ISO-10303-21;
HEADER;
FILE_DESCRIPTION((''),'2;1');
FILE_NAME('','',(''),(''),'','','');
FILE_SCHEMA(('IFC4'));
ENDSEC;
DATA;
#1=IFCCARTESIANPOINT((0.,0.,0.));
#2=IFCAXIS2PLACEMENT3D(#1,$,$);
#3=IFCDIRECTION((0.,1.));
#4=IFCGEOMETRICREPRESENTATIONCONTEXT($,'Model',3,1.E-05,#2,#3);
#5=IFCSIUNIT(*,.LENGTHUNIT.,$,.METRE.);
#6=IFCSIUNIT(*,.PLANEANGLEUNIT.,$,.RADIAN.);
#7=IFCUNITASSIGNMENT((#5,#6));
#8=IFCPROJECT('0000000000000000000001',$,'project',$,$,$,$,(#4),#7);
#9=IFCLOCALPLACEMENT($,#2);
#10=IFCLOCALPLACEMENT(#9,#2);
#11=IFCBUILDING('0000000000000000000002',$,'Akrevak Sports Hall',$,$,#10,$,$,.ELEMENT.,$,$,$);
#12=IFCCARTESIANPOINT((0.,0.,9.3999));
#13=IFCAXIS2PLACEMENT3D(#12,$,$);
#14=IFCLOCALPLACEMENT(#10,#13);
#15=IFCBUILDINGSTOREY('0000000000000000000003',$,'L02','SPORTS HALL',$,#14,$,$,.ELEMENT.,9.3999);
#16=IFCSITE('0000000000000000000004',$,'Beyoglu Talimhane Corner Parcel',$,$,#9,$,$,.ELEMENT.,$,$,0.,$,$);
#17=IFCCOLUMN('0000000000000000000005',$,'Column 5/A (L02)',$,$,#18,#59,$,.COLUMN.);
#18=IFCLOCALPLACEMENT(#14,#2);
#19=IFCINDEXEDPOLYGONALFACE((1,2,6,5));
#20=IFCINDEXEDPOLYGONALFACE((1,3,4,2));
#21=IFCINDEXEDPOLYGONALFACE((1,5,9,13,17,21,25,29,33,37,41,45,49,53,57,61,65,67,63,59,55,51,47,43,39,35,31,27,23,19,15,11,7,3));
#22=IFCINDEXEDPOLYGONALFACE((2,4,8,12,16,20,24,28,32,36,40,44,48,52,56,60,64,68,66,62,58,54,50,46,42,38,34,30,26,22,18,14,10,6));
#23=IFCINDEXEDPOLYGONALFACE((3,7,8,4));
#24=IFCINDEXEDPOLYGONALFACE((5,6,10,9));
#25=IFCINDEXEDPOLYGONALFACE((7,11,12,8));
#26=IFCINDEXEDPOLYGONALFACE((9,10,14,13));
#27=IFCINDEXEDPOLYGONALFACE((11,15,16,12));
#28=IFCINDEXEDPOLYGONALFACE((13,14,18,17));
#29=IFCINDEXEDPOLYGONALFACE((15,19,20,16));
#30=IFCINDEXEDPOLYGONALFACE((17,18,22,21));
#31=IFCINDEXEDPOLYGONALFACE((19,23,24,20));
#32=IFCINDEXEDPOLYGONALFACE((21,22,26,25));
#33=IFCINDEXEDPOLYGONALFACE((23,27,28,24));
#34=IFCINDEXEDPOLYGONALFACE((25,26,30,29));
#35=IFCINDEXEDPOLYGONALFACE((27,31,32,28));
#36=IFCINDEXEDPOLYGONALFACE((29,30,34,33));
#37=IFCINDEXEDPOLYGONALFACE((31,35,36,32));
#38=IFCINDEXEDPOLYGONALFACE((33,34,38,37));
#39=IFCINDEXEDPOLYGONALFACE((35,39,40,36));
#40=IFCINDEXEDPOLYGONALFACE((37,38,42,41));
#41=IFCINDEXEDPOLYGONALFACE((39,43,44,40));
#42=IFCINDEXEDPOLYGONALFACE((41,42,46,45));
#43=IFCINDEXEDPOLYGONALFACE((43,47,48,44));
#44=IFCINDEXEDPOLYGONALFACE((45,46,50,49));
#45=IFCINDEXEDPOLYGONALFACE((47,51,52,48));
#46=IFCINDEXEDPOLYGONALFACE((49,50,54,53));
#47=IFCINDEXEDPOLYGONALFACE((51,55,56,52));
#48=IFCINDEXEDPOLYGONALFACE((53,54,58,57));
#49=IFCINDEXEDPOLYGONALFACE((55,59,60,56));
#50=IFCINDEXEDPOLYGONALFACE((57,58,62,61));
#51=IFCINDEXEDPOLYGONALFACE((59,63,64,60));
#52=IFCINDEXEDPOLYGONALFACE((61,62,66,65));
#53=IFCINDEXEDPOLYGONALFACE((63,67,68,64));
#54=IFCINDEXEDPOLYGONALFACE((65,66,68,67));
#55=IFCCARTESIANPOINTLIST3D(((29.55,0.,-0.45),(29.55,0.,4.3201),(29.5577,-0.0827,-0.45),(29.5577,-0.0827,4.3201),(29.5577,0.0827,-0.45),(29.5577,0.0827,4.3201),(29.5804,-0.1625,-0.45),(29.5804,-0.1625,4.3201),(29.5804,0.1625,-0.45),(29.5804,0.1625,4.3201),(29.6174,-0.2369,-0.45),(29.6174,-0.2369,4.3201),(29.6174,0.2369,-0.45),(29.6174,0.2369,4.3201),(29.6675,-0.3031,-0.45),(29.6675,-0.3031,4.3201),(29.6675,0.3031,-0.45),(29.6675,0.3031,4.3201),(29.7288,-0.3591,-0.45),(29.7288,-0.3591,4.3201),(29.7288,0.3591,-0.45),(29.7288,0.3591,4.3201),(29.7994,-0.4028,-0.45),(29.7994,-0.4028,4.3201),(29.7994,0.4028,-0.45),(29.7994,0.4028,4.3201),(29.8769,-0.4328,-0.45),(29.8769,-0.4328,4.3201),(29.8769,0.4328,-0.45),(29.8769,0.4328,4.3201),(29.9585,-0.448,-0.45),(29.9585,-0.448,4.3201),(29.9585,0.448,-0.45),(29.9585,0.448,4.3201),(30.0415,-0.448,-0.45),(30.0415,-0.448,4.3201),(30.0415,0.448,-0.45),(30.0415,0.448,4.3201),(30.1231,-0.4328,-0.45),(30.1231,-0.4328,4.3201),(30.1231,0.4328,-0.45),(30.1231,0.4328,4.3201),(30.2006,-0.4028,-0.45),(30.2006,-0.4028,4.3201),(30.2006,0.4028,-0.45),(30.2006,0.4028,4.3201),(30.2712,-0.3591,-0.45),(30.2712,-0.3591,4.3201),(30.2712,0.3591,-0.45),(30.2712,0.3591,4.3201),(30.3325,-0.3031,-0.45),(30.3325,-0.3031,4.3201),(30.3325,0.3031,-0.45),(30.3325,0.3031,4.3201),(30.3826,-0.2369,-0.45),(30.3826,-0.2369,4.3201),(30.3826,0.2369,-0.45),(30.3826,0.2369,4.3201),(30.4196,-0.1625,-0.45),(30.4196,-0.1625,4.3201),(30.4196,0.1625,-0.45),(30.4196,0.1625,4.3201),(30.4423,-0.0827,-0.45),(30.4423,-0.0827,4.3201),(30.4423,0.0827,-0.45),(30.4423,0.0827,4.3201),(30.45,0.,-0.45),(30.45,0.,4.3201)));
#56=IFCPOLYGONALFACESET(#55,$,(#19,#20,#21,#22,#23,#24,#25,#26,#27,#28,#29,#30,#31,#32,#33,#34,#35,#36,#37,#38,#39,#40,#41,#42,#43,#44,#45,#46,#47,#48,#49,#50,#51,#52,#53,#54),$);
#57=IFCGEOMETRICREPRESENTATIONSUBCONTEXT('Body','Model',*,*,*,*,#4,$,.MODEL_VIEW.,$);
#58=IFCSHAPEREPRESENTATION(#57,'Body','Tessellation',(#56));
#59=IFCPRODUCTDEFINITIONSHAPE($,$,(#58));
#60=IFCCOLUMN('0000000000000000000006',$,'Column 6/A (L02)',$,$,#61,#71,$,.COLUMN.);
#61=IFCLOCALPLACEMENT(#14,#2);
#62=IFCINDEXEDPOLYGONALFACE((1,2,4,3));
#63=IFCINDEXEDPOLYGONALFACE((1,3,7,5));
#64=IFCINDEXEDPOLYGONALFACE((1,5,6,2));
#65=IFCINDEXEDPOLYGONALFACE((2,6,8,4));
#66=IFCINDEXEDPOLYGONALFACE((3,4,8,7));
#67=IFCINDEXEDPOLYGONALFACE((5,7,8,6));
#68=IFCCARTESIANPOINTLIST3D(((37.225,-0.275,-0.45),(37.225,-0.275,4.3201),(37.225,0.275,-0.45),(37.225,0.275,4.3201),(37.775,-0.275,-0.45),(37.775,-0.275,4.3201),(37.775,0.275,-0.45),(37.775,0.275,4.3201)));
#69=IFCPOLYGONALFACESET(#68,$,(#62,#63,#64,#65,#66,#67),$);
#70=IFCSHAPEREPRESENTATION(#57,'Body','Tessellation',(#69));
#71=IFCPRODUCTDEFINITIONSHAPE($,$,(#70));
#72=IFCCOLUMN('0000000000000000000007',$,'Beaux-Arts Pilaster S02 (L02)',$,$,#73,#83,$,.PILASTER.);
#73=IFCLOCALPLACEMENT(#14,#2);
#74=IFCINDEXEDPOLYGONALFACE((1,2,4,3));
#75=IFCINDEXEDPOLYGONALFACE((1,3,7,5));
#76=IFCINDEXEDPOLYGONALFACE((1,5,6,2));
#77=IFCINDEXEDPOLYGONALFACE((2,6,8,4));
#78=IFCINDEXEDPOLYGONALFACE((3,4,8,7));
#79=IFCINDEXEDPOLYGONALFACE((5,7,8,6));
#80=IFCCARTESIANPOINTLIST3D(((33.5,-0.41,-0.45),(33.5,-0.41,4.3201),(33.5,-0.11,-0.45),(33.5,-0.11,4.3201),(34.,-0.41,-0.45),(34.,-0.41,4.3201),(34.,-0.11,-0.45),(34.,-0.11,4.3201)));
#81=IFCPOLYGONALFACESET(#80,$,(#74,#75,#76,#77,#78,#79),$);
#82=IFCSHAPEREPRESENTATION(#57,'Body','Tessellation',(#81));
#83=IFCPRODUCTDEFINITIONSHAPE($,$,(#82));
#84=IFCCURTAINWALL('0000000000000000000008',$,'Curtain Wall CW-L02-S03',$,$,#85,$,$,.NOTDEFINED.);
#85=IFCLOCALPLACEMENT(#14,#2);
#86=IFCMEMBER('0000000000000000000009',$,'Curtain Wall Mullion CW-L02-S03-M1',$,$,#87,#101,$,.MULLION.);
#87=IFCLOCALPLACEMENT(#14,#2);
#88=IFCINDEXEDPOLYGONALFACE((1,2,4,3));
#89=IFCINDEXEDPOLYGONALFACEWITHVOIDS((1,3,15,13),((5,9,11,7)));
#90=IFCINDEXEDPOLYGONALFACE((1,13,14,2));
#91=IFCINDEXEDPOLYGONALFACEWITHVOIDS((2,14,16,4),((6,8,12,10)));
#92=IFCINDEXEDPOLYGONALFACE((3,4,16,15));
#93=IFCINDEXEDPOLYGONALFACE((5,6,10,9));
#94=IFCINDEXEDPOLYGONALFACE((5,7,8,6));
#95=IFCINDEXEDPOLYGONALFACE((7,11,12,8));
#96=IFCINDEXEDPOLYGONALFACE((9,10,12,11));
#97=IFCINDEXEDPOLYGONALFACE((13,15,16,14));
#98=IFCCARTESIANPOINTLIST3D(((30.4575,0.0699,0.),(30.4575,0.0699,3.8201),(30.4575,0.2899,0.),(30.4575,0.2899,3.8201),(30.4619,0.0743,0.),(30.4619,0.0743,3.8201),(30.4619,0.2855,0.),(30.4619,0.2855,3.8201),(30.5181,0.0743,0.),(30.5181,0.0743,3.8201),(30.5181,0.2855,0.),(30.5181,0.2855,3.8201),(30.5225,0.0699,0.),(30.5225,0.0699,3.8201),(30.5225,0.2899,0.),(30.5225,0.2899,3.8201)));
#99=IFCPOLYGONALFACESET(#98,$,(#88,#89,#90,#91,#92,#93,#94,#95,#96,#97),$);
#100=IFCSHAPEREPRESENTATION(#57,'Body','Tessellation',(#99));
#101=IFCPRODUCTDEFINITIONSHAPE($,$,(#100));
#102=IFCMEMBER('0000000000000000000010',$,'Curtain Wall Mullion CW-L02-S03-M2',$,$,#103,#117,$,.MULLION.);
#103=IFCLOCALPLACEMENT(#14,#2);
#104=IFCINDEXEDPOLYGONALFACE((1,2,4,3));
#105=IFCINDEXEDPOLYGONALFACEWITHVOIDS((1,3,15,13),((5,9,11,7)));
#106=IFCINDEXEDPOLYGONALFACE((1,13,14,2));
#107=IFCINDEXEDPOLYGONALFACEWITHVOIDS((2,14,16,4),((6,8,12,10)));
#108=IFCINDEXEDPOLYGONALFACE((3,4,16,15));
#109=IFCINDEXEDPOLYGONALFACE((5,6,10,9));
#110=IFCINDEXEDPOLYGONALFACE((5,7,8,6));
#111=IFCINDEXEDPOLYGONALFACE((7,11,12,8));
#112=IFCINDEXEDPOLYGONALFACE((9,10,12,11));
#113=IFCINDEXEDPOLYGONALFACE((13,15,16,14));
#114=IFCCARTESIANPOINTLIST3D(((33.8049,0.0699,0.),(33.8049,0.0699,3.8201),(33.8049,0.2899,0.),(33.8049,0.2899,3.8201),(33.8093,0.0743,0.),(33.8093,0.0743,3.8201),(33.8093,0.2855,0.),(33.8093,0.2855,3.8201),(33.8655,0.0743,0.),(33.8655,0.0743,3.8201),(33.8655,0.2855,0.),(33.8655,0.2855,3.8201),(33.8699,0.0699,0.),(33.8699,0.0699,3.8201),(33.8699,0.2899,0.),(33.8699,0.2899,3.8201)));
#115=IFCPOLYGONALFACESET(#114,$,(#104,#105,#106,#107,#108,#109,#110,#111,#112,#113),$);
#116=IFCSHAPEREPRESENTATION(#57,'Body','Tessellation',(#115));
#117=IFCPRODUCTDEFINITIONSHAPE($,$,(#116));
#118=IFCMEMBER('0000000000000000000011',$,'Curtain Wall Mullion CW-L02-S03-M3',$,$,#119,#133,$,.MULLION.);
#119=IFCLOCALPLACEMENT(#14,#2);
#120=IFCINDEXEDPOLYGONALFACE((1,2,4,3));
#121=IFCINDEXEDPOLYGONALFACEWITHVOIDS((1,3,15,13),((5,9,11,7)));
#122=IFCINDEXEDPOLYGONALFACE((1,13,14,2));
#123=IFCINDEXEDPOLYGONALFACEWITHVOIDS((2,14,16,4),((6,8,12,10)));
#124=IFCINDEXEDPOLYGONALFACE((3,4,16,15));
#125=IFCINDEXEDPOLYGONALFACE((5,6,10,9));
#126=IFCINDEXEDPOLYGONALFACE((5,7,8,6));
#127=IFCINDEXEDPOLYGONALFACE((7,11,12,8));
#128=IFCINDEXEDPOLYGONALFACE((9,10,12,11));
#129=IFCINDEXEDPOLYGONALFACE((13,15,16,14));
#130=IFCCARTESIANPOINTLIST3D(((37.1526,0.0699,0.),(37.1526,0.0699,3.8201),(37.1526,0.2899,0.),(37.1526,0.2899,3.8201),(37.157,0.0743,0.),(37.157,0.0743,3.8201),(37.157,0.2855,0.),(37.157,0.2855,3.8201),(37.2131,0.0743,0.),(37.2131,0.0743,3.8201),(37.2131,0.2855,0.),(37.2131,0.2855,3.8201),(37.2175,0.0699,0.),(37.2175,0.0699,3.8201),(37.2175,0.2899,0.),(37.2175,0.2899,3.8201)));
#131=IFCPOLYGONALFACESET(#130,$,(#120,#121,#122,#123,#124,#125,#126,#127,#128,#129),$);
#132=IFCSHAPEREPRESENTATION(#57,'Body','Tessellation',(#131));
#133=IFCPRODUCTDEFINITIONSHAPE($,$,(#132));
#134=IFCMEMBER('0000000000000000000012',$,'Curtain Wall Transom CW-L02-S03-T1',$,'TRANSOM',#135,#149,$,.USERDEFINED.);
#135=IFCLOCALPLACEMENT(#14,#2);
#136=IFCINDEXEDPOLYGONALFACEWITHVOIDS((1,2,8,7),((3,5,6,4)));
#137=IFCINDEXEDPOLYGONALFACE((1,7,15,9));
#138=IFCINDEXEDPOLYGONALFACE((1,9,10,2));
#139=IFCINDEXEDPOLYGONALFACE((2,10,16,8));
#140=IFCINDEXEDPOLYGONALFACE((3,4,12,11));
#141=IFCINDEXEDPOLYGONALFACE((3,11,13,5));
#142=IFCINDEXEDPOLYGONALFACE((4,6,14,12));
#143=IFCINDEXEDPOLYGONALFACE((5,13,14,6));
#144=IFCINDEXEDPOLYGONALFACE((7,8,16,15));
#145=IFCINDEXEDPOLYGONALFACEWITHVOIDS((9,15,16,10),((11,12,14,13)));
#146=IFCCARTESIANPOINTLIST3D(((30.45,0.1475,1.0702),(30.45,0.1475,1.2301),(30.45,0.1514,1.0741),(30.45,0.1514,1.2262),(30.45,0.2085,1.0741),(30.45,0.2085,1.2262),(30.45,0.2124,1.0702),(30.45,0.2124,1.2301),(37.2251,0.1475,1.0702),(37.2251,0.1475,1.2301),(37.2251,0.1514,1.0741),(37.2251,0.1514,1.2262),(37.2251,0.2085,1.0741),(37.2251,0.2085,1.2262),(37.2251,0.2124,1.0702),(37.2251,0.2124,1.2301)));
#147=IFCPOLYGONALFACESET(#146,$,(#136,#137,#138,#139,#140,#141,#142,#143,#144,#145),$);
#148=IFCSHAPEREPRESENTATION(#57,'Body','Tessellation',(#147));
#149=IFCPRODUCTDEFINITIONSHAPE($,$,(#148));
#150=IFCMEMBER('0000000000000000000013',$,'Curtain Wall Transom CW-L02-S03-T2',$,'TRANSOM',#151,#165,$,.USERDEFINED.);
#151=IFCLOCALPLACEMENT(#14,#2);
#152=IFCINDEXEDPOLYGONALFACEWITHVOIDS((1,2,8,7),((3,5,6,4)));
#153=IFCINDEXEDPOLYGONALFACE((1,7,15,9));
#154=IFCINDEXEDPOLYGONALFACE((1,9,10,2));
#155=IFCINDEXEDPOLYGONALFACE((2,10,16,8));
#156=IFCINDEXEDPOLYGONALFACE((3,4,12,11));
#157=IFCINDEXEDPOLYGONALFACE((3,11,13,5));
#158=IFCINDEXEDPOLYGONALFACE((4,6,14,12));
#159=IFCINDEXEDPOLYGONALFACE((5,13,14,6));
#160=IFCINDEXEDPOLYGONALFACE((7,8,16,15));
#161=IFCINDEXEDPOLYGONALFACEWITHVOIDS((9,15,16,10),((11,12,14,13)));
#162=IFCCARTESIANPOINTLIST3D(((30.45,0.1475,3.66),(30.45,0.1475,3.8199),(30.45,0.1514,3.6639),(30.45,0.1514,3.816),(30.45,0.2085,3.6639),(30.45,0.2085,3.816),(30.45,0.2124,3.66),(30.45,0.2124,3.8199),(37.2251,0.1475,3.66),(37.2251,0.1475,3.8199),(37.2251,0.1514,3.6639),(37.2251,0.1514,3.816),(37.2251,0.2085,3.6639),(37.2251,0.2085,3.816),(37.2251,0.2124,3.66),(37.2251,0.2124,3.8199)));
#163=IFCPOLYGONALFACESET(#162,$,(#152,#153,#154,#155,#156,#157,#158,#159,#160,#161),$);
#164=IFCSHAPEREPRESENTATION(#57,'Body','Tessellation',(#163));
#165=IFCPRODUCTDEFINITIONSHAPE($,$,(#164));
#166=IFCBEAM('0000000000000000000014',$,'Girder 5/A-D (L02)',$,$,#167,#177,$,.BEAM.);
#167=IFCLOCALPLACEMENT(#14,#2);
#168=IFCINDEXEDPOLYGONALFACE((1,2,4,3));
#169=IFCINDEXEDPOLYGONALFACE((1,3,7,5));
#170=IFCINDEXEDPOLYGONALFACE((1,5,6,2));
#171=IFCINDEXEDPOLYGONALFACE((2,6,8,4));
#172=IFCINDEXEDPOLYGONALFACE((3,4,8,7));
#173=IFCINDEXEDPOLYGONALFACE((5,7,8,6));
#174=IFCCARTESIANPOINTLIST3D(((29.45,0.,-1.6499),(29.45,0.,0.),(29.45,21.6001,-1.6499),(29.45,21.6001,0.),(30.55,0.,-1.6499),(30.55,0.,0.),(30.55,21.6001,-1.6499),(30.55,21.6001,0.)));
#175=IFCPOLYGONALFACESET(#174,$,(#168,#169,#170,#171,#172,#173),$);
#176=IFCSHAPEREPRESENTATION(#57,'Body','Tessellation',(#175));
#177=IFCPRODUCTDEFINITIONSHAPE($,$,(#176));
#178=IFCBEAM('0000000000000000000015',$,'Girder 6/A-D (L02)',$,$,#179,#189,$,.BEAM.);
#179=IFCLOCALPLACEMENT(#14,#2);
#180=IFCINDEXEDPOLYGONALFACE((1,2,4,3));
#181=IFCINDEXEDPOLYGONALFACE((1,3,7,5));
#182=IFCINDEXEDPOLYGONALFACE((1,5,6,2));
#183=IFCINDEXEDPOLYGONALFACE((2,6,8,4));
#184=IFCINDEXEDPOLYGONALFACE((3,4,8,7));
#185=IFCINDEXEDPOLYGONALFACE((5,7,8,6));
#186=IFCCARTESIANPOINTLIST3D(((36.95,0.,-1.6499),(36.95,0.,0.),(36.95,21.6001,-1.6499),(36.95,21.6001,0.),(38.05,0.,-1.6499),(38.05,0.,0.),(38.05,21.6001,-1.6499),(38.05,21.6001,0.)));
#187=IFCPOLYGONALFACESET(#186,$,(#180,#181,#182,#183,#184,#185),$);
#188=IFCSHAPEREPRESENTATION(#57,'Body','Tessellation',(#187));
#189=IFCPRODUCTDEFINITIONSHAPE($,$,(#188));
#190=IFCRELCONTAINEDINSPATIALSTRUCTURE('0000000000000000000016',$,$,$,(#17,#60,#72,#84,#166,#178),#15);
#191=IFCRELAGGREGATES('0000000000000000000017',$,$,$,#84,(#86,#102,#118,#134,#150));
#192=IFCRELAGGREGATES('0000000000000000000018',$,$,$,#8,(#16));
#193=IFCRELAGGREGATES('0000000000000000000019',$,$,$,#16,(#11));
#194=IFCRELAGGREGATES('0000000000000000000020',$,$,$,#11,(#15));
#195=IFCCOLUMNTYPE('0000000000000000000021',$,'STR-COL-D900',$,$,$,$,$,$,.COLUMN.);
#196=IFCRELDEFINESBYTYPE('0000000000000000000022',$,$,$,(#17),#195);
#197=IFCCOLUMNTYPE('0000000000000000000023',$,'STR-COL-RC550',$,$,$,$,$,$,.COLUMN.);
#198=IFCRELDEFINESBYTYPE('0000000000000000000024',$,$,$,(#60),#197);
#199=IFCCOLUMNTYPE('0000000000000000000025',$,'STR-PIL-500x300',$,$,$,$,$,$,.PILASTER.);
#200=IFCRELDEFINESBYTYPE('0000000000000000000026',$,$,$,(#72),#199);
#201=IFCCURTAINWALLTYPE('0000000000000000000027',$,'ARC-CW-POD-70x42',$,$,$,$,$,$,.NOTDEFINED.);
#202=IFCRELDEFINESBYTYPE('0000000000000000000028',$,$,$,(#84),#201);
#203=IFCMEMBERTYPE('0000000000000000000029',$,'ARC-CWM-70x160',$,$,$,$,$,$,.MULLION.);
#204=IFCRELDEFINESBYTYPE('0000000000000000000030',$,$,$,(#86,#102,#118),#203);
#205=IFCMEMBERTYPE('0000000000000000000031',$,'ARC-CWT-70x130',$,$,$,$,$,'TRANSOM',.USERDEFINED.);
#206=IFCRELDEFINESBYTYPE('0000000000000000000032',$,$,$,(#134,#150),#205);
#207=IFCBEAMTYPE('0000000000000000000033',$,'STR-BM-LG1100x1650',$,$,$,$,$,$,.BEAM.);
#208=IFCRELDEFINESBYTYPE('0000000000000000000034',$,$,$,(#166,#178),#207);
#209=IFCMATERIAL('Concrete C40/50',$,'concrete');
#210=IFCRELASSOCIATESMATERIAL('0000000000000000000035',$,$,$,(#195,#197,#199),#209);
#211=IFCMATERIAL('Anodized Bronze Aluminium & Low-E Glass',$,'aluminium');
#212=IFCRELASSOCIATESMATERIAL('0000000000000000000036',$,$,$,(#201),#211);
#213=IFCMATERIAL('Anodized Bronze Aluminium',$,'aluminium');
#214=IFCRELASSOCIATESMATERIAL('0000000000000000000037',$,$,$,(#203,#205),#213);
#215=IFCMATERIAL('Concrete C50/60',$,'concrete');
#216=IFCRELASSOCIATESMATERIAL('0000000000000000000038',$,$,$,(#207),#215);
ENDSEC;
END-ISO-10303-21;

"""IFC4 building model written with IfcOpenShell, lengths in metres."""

from ifc_helpers import new_model, si_unit, direction, frame, origin, origin_2d, place, context, subcontext, project, spatial, rectangle, hollow_rectangle, circle, extrude, material, material_profile, profile_set, type_object, element, aggregate, save


model = new_model("IFC4")

# Units and contexts
model_context = context("Model", 3, precision=1e-05, world=origin(), true_north=direction((0.0, 1.0)))
body_context = subcontext(model_context, "Body", "Model", "MODEL_VIEW")
ifc_project = project(units=[si_unit("LENGTHUNIT", "METRE"), si_unit("PLANEANGLEUNIT", "RADIAN")], contexts=[model_context])

# Site, building, storey
site_placement = place(None, origin())
site = spatial("IfcSite", under=ifc_project, at=site_placement, Name="Beyoglu Talimhane Corner Parcel", CompositionType="ELEMENT", RefElevation=0.0)
building_placement = place(site_placement, origin())
building = spatial("IfcBuilding", under=site, at=building_placement, Name="Akrevak Sports Hall", CompositionType="ELEMENT")
storey_placement = place(building_placement, frame((0.0, 0.0, 9.3999)))
storey = spatial("IfcBuildingStorey", under=building, at=storey_placement, Name="L02", Description="SPORTS HALL", CompositionType="ELEMENT", Elevation=9.3999)

# Columns
ifc_material_1 = material(Name="Concrete C40/50", Category="concrete")
ifc_material_profile_1 = material_profile(ifc_material_1, circle(Radius=0.45, at=origin_2d()), Name="COL D900", Category="concrete")
ifc_profile_set_1 = profile_set([ifc_material_profile_1], Name="Concrete C40/50")
column_type_1 = type_object("IfcColumnType", Name="STR-COL-D900", PredefinedType="COLUMN", material=ifc_profile_set_1)
column_1_placement = place(storey_placement, frame((30.0, 0.0, -0.45), z_axis=(0.0, 0.0, 1.0), x_axis=(1.0, 0.0, 0.0)))
element("IfcColumn", 1, at=column_1_placement, inside=storey, type_object=column_type_1, Name="Column 5/A (L02)", PredefinedType="COLUMN", context=body_context, shape_type="SweptSolid", body=[
    extrude(circle(Radius=0.45, at=origin_2d()), origin(), (0.0, 0.0, 1.0), 4.77),
])
ifc_material_profile_2 = material_profile(ifc_material_1, rectangle(XDim=0.55, YDim=0.55, at=origin_2d()), Name="RC 550x550", Category="concrete")
ifc_profile_set_2 = profile_set([ifc_material_profile_2], Name="Concrete C40/50")
column_type_2 = type_object("IfcColumnType", Name="STR-COL-RC550", PredefinedType="COLUMN", material=ifc_profile_set_2)
column_2_placement = place(storey_placement, frame((37.5, 0.0, -0.45), z_axis=(0.0, 0.0, 1.0), x_axis=(1.0, 0.0, 0.0)))
element("IfcColumn", 2, at=column_2_placement, inside=storey, type_object=column_type_2, Name="Column 6/A (L02)", PredefinedType="COLUMN", context=body_context, shape_type="SweptSolid", body=[
    extrude(rectangle(XDim=0.55, YDim=0.55, at=origin_2d()), origin(), (0.0, 0.0, 1.0), 4.77),
])
ifc_material_profile_3 = material_profile(ifc_material_1, rectangle(XDim=0.5, YDim=0.3, at=origin_2d()), Name="PIL 500x300", Category="concrete")
ifc_profile_set_3 = profile_set([ifc_material_profile_3], Name="Concrete C40/50")
column_type_3 = type_object("IfcColumnType", Name="STR-PIL-500x300", PredefinedType="PILASTER", material=ifc_profile_set_3)
column_3_placement = place(storey_placement, frame((33.75, -0.26, -0.45), z_axis=(0.0, 0.0, 1.0), x_axis=(1.0, 0.0, 0.0)))
element("IfcColumn", 3, at=column_3_placement, inside=storey, type_object=column_type_3, Name="Beaux-Arts Pilaster S02 (L02)", PredefinedType="PILASTER", context=body_context, shape_type="SweptSolid", body=[
    extrude(rectangle(XDim=0.5, YDim=0.3, at=origin_2d()), origin(), (0.0, 0.0, 1.0), 4.77),
])

# Curtain wall, members
ifc_material_2 = material(Name="Anodized Bronze Aluminium & Low-E Glass", Category="aluminium")
curtain_wall_type = type_object("IfcCurtainWallType", Name="ARC-CW-POD-70x42", PredefinedType="NOTDEFINED", material=ifc_material_2)
curtain_wall_placement = place(storey_placement, origin())
curtain_wall = element("IfcCurtainWall", 4, at=curtain_wall_placement, inside=storey, type_object=curtain_wall_type, Name="Curtain Wall CW-L02-S03", PredefinedType="NOTDEFINED")
ifc_material_3 = material(Name="Anodized Bronze Aluminium", Category="aluminium")
ifc_material_profile_4 = material_profile(ifc_material_3, hollow_rectangle(XDim=0.0649, YDim=0.22, WallThickness=0.0044, at=origin_2d()), Name="CWM 65x220", Category="aluminium")
ifc_profile_set_4 = profile_set([ifc_material_profile_4], Name="Anodized Bronze Aluminium")
member_type_1 = type_object("IfcMemberType", Name="ARC-CWM-70x160", PredefinedType="MULLION", material=ifc_profile_set_4)
member_1_placement = place(storey_placement, frame((30.49, 0.1799, 0.0), z_axis=(0.0, 0.0, 1.0), x_axis=(1.0, 0.0, 0.0)))
member_1 = element("IfcMember", 5, at=member_1_placement, type_object=member_type_1, Name="Curtain Wall Mullion CW-L02-S03-M1", PredefinedType="MULLION", context=body_context, shape_type="SweptSolid", body=[
    extrude(hollow_rectangle(XDim=0.0649, YDim=0.22, WallThickness=0.0044, at=origin_2d()), origin(), (0.0, 0.0, 1.0), 3.8201),
])
member_2_placement = place(storey_placement, frame((33.8374, 0.1799, 0.0), z_axis=(0.0, 0.0, 1.0), x_axis=(1.0, 0.0, 0.0)))
member_2 = element("IfcMember", 6, at=member_2_placement, type_object=member_type_1, Name="Curtain Wall Mullion CW-L02-S03-M2", PredefinedType="MULLION", context=body_context, shape_type="SweptSolid", body=[
    extrude(hollow_rectangle(XDim=0.0649, YDim=0.22, WallThickness=0.0044, at=origin_2d()), origin(), (0.0, 0.0, 1.0), 3.8201),
])
member_3_placement = place(storey_placement, frame((37.1851, 0.1799, 0.0), z_axis=(0.0, 0.0, 1.0), x_axis=(1.0, 0.0, 0.0)))
member_3 = element("IfcMember", 7, at=member_3_placement, type_object=member_type_1, Name="Curtain Wall Mullion CW-L02-S03-M3", PredefinedType="MULLION", context=body_context, shape_type="SweptSolid", body=[
    extrude(hollow_rectangle(XDim=0.0649, YDim=0.22, WallThickness=0.0044, at=origin_2d()), origin(), (0.0, 0.0, 1.0), 3.8201),
])
ifc_material_profile_5 = material_profile(ifc_material_3, hollow_rectangle(XDim=0.0649, YDim=0.1599, WallThickness=0.0039, at=origin_2d()), Name="CWT 65x160", Category="aluminium")
ifc_profile_set_5 = profile_set([ifc_material_profile_5], Name="Anodized Bronze Aluminium")
member_type_2 = type_object("IfcMemberType", Name="ARC-CWT-70x130", ElementType="TRANSOM", PredefinedType="USERDEFINED", material=ifc_profile_set_5)
member_4_placement = place(storey_placement, frame((30.45, 0.1799, 1.1501), z_axis=(1.0, 0.0, 0.0), x_axis=(0.0, 1.0, 0.0)))
member_4 = element("IfcMember", 8, at=member_4_placement, type_object=member_type_2, Name="Curtain Wall Transom CW-L02-S03-T1", ObjectType="TRANSOM", PredefinedType="USERDEFINED", context=body_context, shape_type="SweptSolid", body=[
    extrude(hollow_rectangle(XDim=0.0649, YDim=0.1599, WallThickness=0.0039, at=origin_2d()), origin(), (0.0, 0.0, 1.0), 6.7751),
])
member_5_placement = place(storey_placement, frame((30.45, 0.1799, 3.74), z_axis=(1.0, 0.0, 0.0), x_axis=(0.0, 1.0, 0.0)))
member_5 = element("IfcMember", 9, at=member_5_placement, type_object=member_type_2, Name="Curtain Wall Transom CW-L02-S03-T2", ObjectType="TRANSOM", PredefinedType="USERDEFINED", context=body_context, shape_type="SweptSolid", body=[
    extrude(hollow_rectangle(XDim=0.0649, YDim=0.1599, WallThickness=0.0039, at=origin_2d()), origin(), (0.0, 0.0, 1.0), 6.7751),
])

# Beams
ifc_material_4 = material(Name="Concrete C50/60", Category="concrete")
ifc_material_profile_6 = material_profile(ifc_material_4, rectangle(XDim=1.1001, YDim=1.6499, at=origin_2d()), Name="BM 1100x1650", Category="concrete")
ifc_profile_set_6 = profile_set([ifc_material_profile_6], Name="Concrete C50/60")
beam_type_1 = type_object("IfcBeamType", Name="STR-BM-LG1100x1650", PredefinedType="BEAM", material=ifc_profile_set_6)
for number, where, z_axis, x_axis, name in (
    (10, (30.0, 0.0, -0.825), (0.0, 1.0, 0.0), (-1.0, 0.0, 0.0), "Girder 5/A-D (L02)"),
    (11, (37.5, 0.0, -0.825), (0.0, 1.0, 0.0), (-1.0, 0.0, 0.0), "Girder 6/A-D (L02)"),
):
    element("IfcBeam", number, at=place(storey_placement, frame(where, z_axis=z_axis, x_axis=x_axis)), inside=storey, type_object=beam_type_1, Name=name, PredefinedType="BEAM", context=body_context, shape_type="SweptSolid", body=[
        extrude(rectangle(XDim=1.1001, YDim=1.6499, at=origin_2d()), origin(), (0.0, 0.0, 1.0), 21.6001),
    ])

aggregate(curtain_wall, [member_1, member_2, member_3, member_4, member_5])

save(model, "model.ifc")
